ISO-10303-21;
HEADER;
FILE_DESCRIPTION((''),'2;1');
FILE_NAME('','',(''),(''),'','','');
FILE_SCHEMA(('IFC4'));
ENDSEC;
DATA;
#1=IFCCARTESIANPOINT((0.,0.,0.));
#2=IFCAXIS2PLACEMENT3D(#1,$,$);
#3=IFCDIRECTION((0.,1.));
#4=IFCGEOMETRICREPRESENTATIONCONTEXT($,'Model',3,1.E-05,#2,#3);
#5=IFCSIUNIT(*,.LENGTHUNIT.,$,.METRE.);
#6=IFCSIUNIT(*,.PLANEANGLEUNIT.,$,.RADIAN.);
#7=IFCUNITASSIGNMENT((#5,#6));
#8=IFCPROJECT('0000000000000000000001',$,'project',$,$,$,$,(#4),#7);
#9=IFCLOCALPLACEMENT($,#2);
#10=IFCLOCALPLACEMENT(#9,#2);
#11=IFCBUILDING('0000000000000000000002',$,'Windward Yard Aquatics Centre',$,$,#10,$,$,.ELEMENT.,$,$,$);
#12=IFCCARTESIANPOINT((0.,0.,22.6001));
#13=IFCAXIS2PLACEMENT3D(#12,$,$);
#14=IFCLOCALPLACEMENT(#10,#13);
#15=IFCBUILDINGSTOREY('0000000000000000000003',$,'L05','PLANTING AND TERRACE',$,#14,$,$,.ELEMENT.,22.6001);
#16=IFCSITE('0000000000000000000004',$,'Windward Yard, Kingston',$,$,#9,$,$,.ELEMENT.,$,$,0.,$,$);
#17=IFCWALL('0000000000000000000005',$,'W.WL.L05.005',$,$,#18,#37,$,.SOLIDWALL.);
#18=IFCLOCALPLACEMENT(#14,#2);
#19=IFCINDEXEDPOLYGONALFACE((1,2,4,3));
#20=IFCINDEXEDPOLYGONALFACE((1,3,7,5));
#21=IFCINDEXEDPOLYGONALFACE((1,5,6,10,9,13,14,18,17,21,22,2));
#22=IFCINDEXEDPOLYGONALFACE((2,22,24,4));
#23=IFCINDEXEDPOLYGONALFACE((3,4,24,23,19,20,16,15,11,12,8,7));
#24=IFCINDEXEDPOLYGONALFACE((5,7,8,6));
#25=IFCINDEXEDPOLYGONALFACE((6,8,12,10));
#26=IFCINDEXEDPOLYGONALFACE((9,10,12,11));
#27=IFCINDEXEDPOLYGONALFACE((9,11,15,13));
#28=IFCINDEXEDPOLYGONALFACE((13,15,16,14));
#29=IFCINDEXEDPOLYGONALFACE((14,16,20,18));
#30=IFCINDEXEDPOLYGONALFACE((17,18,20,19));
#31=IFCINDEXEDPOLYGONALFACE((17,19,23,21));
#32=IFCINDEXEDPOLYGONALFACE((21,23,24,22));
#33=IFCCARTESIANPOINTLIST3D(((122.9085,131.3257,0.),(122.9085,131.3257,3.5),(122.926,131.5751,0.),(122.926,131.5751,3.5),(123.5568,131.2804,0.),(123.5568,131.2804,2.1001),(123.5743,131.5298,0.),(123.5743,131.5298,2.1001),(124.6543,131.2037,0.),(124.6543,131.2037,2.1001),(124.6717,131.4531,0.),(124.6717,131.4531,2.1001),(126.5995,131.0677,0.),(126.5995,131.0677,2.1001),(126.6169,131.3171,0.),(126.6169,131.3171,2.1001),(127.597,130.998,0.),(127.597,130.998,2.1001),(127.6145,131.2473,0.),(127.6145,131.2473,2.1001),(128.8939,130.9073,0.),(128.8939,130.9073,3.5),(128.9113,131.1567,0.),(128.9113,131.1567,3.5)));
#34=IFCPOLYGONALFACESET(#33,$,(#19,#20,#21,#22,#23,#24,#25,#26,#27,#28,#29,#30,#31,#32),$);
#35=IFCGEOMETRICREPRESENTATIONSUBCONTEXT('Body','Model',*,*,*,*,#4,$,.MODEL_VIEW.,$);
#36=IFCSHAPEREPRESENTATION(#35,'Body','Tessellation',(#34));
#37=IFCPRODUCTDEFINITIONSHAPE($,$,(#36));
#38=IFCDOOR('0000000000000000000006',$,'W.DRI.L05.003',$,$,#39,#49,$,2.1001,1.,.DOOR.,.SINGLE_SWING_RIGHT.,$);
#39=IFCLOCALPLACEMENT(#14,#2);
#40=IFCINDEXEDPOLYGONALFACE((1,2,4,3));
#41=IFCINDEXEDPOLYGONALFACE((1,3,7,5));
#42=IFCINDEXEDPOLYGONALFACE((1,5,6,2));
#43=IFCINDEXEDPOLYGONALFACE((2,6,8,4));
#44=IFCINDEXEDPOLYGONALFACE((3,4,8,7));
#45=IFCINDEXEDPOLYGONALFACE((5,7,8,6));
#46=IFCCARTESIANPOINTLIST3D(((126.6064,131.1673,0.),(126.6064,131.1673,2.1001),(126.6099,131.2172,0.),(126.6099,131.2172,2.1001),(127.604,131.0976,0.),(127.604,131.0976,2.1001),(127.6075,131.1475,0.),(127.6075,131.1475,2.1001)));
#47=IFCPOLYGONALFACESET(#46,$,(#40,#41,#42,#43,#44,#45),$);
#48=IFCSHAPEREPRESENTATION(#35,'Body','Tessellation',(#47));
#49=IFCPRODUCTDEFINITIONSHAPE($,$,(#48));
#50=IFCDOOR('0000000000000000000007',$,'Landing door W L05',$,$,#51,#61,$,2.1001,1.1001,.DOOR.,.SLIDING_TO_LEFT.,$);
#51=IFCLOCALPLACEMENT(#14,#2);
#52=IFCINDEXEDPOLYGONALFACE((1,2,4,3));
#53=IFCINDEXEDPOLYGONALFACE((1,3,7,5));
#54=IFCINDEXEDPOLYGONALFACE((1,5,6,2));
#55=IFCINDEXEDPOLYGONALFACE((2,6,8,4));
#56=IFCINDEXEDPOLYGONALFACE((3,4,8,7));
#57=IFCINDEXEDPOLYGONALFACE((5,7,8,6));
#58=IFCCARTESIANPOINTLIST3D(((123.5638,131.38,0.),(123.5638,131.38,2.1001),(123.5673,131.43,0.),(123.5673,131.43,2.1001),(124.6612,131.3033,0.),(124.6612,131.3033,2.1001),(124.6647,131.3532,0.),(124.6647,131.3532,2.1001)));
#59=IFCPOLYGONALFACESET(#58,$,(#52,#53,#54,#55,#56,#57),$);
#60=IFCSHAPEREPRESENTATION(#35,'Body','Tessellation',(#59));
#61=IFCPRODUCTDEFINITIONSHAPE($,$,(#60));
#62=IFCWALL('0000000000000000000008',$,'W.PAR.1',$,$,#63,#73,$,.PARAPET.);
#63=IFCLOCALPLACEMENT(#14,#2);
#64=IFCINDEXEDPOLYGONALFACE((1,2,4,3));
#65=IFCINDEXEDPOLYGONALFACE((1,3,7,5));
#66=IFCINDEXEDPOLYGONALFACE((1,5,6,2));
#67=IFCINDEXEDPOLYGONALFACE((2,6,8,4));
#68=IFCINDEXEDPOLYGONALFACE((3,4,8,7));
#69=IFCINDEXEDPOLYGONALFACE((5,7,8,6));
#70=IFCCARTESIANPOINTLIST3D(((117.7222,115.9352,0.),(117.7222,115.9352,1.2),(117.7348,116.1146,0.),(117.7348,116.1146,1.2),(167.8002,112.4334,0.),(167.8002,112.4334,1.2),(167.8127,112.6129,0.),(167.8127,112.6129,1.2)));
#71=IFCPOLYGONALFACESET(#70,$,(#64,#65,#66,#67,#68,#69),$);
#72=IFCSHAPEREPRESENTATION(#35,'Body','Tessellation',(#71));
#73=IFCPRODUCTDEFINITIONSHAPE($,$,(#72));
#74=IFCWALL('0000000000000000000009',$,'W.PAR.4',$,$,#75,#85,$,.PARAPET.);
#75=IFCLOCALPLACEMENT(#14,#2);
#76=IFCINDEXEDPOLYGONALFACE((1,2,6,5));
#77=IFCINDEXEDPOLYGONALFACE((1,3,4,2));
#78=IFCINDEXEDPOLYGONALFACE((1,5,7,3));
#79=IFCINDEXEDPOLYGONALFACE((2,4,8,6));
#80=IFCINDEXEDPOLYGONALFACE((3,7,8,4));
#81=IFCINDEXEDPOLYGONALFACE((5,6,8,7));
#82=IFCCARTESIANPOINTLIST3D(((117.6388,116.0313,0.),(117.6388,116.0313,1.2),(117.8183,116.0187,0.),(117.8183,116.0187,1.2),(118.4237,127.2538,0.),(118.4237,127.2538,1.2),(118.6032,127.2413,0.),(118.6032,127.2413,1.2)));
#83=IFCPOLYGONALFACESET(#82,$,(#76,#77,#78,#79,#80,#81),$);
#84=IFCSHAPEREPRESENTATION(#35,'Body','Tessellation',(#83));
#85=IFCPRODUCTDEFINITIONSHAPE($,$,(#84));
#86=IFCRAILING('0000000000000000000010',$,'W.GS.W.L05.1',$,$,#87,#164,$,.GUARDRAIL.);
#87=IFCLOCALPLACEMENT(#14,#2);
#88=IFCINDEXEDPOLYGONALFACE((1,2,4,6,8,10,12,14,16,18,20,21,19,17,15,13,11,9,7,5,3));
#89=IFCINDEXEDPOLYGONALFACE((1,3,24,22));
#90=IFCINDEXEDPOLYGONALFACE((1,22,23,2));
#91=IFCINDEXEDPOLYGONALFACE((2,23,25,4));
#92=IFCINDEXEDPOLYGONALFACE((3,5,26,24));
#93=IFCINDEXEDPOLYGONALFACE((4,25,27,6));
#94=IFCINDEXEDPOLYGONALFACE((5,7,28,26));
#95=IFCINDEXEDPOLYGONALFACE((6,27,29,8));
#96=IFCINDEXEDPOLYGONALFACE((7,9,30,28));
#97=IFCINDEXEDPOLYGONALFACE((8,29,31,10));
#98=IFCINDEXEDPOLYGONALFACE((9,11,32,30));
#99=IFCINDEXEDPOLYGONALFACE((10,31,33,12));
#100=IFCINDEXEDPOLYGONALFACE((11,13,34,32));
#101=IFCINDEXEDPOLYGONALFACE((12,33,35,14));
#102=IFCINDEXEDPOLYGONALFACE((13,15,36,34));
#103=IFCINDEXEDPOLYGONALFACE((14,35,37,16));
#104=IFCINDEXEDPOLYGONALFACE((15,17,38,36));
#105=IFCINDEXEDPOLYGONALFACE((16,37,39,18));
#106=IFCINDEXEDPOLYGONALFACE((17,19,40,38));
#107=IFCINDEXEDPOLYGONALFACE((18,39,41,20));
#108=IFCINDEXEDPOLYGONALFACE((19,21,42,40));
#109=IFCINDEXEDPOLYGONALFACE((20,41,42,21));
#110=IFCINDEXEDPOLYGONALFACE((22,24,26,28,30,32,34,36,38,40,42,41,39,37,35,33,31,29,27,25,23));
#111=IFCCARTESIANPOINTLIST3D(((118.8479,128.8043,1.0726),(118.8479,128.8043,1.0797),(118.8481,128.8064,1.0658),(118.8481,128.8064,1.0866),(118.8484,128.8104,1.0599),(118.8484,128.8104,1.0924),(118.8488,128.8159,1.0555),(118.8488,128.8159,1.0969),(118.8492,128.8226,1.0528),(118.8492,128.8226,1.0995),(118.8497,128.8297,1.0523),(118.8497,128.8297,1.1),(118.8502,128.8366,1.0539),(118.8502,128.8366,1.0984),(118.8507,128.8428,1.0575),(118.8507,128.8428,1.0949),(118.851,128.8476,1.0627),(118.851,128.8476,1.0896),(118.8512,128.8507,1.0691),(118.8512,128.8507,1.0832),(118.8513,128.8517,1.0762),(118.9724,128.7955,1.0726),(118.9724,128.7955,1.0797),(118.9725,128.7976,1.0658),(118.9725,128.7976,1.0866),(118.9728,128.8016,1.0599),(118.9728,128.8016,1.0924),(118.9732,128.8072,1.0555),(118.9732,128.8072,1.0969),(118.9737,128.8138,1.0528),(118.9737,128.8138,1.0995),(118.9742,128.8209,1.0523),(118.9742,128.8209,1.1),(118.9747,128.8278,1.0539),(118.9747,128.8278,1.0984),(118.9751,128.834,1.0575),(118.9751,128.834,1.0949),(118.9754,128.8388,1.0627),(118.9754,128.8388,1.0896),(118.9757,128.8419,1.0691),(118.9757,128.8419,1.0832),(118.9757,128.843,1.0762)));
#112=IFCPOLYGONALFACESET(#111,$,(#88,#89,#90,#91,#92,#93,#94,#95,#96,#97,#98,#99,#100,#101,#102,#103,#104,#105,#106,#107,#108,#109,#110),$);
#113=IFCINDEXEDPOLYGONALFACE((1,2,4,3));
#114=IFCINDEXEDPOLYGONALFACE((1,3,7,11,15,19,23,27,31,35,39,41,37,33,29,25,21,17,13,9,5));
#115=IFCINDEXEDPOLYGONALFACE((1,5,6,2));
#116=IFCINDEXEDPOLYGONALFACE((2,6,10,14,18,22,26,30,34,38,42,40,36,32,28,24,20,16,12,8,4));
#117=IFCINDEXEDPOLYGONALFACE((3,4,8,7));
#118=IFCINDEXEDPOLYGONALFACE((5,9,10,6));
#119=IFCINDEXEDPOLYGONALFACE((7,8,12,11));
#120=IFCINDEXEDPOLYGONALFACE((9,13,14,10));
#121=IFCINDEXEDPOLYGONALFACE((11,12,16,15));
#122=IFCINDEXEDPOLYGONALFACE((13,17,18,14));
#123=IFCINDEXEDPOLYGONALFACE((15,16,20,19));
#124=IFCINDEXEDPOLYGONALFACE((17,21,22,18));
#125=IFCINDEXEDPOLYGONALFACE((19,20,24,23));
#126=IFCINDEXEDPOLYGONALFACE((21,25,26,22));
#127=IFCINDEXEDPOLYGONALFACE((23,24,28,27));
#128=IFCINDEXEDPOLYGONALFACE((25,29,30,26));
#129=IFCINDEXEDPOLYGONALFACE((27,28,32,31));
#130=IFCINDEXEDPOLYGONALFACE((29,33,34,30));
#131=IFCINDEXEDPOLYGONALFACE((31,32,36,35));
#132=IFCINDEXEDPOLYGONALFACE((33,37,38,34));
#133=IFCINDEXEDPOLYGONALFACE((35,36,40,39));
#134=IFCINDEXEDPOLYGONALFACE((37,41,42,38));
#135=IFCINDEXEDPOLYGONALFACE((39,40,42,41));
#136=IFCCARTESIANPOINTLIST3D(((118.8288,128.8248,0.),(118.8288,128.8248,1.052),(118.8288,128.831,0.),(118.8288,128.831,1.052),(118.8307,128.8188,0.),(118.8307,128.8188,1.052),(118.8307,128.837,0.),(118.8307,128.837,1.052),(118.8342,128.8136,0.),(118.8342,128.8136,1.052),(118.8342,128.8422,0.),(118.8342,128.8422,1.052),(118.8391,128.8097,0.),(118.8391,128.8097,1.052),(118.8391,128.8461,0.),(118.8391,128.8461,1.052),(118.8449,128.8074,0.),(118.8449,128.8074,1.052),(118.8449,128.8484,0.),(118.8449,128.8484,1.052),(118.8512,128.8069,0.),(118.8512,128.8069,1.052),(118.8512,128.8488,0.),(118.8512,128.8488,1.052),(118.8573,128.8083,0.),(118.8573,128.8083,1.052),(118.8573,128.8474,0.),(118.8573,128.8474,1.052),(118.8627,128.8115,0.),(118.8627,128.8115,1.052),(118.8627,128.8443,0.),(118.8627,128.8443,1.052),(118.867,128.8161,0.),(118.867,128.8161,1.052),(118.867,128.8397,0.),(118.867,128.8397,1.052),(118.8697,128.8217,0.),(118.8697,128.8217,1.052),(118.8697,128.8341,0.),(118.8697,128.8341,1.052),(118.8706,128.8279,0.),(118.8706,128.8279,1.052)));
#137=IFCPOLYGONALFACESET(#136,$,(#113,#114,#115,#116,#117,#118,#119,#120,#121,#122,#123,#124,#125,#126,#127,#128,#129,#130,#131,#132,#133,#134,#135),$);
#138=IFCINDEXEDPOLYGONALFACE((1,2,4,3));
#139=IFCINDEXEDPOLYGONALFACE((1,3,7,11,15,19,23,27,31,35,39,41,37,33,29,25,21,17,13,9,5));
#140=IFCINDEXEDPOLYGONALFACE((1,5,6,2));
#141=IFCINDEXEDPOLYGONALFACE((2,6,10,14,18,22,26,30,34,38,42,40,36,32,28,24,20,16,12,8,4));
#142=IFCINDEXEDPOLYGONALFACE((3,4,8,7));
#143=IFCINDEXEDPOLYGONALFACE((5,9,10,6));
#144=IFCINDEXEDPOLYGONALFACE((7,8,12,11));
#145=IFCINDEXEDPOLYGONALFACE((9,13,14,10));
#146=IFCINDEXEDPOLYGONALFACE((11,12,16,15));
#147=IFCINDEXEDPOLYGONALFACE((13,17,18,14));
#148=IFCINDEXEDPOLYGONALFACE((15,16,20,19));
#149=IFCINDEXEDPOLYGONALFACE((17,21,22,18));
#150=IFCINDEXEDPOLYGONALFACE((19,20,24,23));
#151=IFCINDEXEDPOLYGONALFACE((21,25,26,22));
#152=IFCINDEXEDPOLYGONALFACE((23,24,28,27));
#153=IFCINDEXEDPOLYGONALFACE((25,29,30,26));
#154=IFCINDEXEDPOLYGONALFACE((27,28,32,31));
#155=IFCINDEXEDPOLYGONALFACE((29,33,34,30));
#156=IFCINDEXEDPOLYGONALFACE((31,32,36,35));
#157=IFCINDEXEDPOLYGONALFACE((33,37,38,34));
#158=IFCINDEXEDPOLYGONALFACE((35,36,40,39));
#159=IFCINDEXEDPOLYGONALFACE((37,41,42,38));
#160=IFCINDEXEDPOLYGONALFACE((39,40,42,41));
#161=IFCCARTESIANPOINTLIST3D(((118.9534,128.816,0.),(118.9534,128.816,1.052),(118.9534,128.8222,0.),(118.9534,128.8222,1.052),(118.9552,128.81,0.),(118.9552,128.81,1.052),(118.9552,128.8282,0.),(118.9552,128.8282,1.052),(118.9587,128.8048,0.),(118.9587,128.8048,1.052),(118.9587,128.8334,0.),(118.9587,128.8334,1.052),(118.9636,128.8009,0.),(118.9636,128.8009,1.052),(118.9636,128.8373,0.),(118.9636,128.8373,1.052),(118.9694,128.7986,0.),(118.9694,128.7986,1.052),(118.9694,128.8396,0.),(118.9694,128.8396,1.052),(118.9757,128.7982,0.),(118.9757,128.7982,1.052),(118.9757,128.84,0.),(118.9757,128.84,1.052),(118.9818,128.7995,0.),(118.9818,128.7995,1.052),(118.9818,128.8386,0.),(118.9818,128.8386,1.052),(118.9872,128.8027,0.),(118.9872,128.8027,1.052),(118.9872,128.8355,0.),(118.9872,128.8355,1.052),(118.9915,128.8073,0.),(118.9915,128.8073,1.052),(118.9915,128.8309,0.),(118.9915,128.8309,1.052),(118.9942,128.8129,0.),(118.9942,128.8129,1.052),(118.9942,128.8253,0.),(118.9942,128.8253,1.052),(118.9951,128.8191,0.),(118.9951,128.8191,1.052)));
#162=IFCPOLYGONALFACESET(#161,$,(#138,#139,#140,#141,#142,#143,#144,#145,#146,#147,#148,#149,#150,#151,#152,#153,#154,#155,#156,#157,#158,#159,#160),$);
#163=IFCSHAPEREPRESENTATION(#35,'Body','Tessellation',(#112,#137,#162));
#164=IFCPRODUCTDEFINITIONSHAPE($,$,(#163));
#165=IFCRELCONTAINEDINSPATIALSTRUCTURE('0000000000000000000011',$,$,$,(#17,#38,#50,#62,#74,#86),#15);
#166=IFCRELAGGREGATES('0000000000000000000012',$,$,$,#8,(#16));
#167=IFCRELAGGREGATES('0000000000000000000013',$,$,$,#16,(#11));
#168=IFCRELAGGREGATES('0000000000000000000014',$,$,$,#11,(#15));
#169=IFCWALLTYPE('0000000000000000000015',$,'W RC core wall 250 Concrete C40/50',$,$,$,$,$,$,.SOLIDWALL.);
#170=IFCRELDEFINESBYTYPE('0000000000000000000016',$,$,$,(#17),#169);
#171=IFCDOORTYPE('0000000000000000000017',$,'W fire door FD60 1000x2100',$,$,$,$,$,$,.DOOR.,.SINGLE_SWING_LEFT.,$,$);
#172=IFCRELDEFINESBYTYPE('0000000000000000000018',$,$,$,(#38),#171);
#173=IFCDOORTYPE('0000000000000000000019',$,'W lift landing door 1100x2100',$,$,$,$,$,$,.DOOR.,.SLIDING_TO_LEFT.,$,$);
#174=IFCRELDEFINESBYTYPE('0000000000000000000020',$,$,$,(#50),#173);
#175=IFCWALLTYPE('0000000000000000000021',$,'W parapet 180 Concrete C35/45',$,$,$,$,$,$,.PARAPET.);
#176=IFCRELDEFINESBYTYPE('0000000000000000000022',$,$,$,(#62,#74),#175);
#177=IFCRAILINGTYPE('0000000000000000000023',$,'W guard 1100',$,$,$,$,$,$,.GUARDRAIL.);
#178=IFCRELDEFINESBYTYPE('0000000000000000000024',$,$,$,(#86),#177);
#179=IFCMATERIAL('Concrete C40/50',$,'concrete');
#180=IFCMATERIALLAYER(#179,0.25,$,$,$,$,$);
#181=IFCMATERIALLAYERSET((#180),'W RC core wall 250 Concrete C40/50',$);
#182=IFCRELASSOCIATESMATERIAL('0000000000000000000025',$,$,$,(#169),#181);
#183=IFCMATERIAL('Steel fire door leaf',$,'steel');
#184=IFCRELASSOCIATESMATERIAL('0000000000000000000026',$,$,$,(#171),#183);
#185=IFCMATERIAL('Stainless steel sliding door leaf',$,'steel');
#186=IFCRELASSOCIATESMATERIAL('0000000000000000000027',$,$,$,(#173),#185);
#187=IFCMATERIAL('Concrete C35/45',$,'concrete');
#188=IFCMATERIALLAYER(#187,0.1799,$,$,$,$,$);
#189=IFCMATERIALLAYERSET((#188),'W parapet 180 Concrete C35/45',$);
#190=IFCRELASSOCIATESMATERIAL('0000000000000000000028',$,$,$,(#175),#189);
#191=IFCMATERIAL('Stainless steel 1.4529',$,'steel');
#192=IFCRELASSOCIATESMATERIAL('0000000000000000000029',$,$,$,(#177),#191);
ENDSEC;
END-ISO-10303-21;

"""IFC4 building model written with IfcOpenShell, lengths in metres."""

from ifc_helpers import new_model, si_unit, direction, frame, frame_2d, origin, origin_2d, place, context, subcontext, project, spatial, rectangle, circle, extrude, material, layer, layer_set, type_object, element, fill, save


model = new_model("IFC4")

# Units and contexts
model_context = context("Model", 3, precision=1e-05, world=origin(), true_north=direction((0.0, 1.0)))
body_context = subcontext(model_context, "Body", "Model", "MODEL_VIEW")
ifc_project = project(units=[si_unit("LENGTHUNIT", "METRE"), si_unit("PLANEANGLEUNIT", "RADIAN")], contexts=[model_context])

# Site, building, storey
site_placement = place(None, origin())
site = spatial("IfcSite", under=ifc_project, at=site_placement, Name="Windward Yard, Kingston", CompositionType="ELEMENT", RefElevation=0.0)
building_placement = place(site_placement, origin())
building = spatial("IfcBuilding", under=site, at=building_placement, Name="Windward Yard Aquatics Centre", CompositionType="ELEMENT")
storey_placement = place(building_placement, frame((0.0, 0.0, 22.6001)))
storey = spatial("IfcBuildingStorey", under=building, at=storey_placement, Name="L05", Description="PLANTING AND TERRACE", CompositionType="ELEMENT", Elevation=22.6001)

# Shared definitions
ifc_material_1 = material(Name="Concrete C40/50", Category="concrete")

# Shared definitions
ifc_layer_1 = layer(ifc_material_1, 0.25)
ifc_layer_set_1 = layer_set([ifc_layer_1], Name="W RC core wall 250 Concrete C40/50")
wall_type_1 = type_object("IfcWallType", Name="W RC core wall 250 Concrete C40/50", PredefinedType="SOLIDWALL", material=ifc_layer_set_1)
ifc_material_2 = material(Name="Steel fire door leaf", Category="steel")
door_type_1 = type_object("IfcDoorType", Name="W fire door FD60 1000x2100", OperationType="SINGLE_SWING_LEFT", PredefinedType="DOOR", material=ifc_material_2)

# Wall, openings, doors
wall_1_placement = place(storey_placement, frame((122.9172, 131.4504, 0.0), z_axis=(0.0, 0.0, 1.0), x_axis=(0.997565, -0.069743, 0.0)))
wall_1 = element("IfcWall", 1, at=wall_1_placement, inside=storey, type_object=wall_type_1, Name="W.WL.L05.005", PredefinedType="SOLIDWALL", context=body_context, shape_type="SweptSolid", body=[
    extrude(rectangle(XDim=6.0, YDim=0.25, at=frame_2d((3.0, 0.0))), origin(), (0.0, 0.0, 1.0), 3.5),
])
opening_1_placement = place(wall_1_placement, frame((3.7, 0.0, 0.0)))
opening_1 = element("IfcOpeningElement", 2, at=opening_1_placement, cuts=wall_1, PredefinedType="OPENING", context=body_context, shape_type="SweptSolid", body=[
    extrude(rectangle(XDim=1.0, YDim=2.1001, at=frame_2d((0.5, 1.05))), frame((0.0, 0.135, 0.0), z_axis=(0.0, -1.0, 0.0), x_axis=(1.0, 0.0, 0.0)), (0.0, 0.0, 1.0), 0.27),
])
opening_2_placement = place(wall_1_placement, frame((0.6499, 0.0, 0.0)))
opening_2 = element("IfcOpeningElement", 3, at=opening_2_placement, cuts=wall_1, PredefinedType="OPENING", context=body_context, shape_type="SweptSolid", body=[
    extrude(rectangle(XDim=1.1001, YDim=2.1001, at=frame_2d((0.55, 1.05))), frame((0.0, 0.135, 0.0), z_axis=(0.0, -1.0, 0.0), x_axis=(1.0, 0.0, 0.0)), (0.0, 0.0, 1.0), 0.27),
])
door_1_placement = place(opening_1_placement, origin())
door_1 = element("IfcDoor", 4, at=door_1_placement, inside=storey, type_object=door_type_1, Name="W.DRI.L05.003", OperationType="SINGLE_SWING_RIGHT", OverallHeight=2.1001, OverallWidth=1.0, PredefinedType="DOOR", context=body_context, shape_type="SweptSolid", body=[
    extrude(rectangle(XDim=1.0, YDim=2.1001, at=frame_2d((0.5, 1.05))), frame((0.0, 0.0249, 0.0), z_axis=(0.0, -1.0, 0.0), x_axis=(1.0, 0.0, 0.0)), (0.0, 0.0, 1.0), 0.05),
])
fill(opening_1, door_1)
ifc_material_3 = material(Name="Stainless steel sliding door leaf", Category="steel")
door_type_2 = type_object("IfcDoorType", Name="W lift landing door 1100x2100", OperationType="SLIDING_TO_LEFT", PredefinedType="DOOR", material=ifc_material_3)
door_2_placement = place(opening_2_placement, origin())
door_2 = element("IfcDoor", 5, at=door_2_placement, inside=storey, type_object=door_type_2, Name="Landing door W L05", OperationType="SLIDING_TO_LEFT", OverallHeight=2.1001, OverallWidth=1.1001, PredefinedType="DOOR", context=body_context, shape_type="SweptSolid", body=[
    extrude(rectangle(XDim=1.1001, YDim=2.1001, at=frame_2d((0.55, 1.05))), frame((0.0, 0.0249, 0.0), z_axis=(0.0, -1.0, 0.0), x_axis=(1.0, 0.0, 0.0)), (0.0, 0.0, 1.0), 0.05),
])
fill(opening_2, door_2)

# Walls
ifc_material_4 = material(Name="Concrete C35/45", Category="concrete")
ifc_layer_2 = layer(ifc_material_4, 0.1799)
ifc_layer_set_2 = layer_set([ifc_layer_2], Name="W parapet 180 Concrete C35/45")
wall_type_2 = type_object("IfcWallType", Name="W parapet 180 Concrete C35/45", PredefinedType="PARAPET", material=ifc_layer_set_2)
wall_2_placement = place(storey_placement, frame((117.7285, 116.0249, 0.0), z_axis=(0.0, 0.0, 1.0), x_axis=(0.997564, -0.069755, 0.0)))
element("IfcWall", 6, at=wall_2_placement, inside=storey, type_object=wall_type_2, Name="W.PAR.1", PredefinedType="PARAPET", context=body_context, shape_type="SweptSolid", body=[
    extrude(rectangle(XDim=50.2002, YDim=0.1799, at=frame_2d((25.1001, 0.0))), origin(), (0.0, 0.0, 1.0), 1.2),
])
wall_3_placement = place(storey_placement, frame((118.5134, 127.2476, 0.0), z_axis=(0.0, 0.0, 1.0), x_axis=(-0.06977, -0.997563, 0.0)))
element("IfcWall", 7, at=wall_3_placement, inside=storey, type_object=wall_type_2, Name="W.PAR.4", PredefinedType="PARAPET", context=body_context, shape_type="SweptSolid", body=[
    extrude(rectangle(XDim=11.25, YDim=0.1799, at=frame_2d((5.625, 0.0))), origin(), (0.0, 0.0, 1.0), 1.2),
])

# Railing
ifc_material_5 = material(Name="Stainless steel 1.4529", Category="steel")
railing_type = type_object("IfcRailingType", Name="W guard 1100", PredefinedType="GUARDRAIL", material=ifc_material_5)
railing_1_placement = place(storey_placement, frame((118.8496, 128.8279, 0.0)))
element("IfcRailing", 8, at=railing_1_placement, inside=storey, type_object=railing_type, Name="W.GS.W.L05.1", PredefinedType="GUARDRAIL", context=body_context, shape_type="SweptSolid", body=[
    extrude(circle(Radius=0.0239, at=origin_2d()), frame((0.0, 0.0, 1.0762), z_axis=(0.997518, -0.070413, 0.0), x_axis=(0.070413, 0.997518, 0.0)), (0.0, 0.0, 1.0), 0.1248),
    extrude(circle(Radius=0.021, at=origin_2d()), origin(), (0.0, 0.0, 1.0), 1.052),
    extrude(circle(Radius=0.021, at=origin_2d()), frame((0.1245, -0.0088, 0.0)), (0.0, 0.0, 1.0), 1.052),
])

save(model, "model.ifc")
